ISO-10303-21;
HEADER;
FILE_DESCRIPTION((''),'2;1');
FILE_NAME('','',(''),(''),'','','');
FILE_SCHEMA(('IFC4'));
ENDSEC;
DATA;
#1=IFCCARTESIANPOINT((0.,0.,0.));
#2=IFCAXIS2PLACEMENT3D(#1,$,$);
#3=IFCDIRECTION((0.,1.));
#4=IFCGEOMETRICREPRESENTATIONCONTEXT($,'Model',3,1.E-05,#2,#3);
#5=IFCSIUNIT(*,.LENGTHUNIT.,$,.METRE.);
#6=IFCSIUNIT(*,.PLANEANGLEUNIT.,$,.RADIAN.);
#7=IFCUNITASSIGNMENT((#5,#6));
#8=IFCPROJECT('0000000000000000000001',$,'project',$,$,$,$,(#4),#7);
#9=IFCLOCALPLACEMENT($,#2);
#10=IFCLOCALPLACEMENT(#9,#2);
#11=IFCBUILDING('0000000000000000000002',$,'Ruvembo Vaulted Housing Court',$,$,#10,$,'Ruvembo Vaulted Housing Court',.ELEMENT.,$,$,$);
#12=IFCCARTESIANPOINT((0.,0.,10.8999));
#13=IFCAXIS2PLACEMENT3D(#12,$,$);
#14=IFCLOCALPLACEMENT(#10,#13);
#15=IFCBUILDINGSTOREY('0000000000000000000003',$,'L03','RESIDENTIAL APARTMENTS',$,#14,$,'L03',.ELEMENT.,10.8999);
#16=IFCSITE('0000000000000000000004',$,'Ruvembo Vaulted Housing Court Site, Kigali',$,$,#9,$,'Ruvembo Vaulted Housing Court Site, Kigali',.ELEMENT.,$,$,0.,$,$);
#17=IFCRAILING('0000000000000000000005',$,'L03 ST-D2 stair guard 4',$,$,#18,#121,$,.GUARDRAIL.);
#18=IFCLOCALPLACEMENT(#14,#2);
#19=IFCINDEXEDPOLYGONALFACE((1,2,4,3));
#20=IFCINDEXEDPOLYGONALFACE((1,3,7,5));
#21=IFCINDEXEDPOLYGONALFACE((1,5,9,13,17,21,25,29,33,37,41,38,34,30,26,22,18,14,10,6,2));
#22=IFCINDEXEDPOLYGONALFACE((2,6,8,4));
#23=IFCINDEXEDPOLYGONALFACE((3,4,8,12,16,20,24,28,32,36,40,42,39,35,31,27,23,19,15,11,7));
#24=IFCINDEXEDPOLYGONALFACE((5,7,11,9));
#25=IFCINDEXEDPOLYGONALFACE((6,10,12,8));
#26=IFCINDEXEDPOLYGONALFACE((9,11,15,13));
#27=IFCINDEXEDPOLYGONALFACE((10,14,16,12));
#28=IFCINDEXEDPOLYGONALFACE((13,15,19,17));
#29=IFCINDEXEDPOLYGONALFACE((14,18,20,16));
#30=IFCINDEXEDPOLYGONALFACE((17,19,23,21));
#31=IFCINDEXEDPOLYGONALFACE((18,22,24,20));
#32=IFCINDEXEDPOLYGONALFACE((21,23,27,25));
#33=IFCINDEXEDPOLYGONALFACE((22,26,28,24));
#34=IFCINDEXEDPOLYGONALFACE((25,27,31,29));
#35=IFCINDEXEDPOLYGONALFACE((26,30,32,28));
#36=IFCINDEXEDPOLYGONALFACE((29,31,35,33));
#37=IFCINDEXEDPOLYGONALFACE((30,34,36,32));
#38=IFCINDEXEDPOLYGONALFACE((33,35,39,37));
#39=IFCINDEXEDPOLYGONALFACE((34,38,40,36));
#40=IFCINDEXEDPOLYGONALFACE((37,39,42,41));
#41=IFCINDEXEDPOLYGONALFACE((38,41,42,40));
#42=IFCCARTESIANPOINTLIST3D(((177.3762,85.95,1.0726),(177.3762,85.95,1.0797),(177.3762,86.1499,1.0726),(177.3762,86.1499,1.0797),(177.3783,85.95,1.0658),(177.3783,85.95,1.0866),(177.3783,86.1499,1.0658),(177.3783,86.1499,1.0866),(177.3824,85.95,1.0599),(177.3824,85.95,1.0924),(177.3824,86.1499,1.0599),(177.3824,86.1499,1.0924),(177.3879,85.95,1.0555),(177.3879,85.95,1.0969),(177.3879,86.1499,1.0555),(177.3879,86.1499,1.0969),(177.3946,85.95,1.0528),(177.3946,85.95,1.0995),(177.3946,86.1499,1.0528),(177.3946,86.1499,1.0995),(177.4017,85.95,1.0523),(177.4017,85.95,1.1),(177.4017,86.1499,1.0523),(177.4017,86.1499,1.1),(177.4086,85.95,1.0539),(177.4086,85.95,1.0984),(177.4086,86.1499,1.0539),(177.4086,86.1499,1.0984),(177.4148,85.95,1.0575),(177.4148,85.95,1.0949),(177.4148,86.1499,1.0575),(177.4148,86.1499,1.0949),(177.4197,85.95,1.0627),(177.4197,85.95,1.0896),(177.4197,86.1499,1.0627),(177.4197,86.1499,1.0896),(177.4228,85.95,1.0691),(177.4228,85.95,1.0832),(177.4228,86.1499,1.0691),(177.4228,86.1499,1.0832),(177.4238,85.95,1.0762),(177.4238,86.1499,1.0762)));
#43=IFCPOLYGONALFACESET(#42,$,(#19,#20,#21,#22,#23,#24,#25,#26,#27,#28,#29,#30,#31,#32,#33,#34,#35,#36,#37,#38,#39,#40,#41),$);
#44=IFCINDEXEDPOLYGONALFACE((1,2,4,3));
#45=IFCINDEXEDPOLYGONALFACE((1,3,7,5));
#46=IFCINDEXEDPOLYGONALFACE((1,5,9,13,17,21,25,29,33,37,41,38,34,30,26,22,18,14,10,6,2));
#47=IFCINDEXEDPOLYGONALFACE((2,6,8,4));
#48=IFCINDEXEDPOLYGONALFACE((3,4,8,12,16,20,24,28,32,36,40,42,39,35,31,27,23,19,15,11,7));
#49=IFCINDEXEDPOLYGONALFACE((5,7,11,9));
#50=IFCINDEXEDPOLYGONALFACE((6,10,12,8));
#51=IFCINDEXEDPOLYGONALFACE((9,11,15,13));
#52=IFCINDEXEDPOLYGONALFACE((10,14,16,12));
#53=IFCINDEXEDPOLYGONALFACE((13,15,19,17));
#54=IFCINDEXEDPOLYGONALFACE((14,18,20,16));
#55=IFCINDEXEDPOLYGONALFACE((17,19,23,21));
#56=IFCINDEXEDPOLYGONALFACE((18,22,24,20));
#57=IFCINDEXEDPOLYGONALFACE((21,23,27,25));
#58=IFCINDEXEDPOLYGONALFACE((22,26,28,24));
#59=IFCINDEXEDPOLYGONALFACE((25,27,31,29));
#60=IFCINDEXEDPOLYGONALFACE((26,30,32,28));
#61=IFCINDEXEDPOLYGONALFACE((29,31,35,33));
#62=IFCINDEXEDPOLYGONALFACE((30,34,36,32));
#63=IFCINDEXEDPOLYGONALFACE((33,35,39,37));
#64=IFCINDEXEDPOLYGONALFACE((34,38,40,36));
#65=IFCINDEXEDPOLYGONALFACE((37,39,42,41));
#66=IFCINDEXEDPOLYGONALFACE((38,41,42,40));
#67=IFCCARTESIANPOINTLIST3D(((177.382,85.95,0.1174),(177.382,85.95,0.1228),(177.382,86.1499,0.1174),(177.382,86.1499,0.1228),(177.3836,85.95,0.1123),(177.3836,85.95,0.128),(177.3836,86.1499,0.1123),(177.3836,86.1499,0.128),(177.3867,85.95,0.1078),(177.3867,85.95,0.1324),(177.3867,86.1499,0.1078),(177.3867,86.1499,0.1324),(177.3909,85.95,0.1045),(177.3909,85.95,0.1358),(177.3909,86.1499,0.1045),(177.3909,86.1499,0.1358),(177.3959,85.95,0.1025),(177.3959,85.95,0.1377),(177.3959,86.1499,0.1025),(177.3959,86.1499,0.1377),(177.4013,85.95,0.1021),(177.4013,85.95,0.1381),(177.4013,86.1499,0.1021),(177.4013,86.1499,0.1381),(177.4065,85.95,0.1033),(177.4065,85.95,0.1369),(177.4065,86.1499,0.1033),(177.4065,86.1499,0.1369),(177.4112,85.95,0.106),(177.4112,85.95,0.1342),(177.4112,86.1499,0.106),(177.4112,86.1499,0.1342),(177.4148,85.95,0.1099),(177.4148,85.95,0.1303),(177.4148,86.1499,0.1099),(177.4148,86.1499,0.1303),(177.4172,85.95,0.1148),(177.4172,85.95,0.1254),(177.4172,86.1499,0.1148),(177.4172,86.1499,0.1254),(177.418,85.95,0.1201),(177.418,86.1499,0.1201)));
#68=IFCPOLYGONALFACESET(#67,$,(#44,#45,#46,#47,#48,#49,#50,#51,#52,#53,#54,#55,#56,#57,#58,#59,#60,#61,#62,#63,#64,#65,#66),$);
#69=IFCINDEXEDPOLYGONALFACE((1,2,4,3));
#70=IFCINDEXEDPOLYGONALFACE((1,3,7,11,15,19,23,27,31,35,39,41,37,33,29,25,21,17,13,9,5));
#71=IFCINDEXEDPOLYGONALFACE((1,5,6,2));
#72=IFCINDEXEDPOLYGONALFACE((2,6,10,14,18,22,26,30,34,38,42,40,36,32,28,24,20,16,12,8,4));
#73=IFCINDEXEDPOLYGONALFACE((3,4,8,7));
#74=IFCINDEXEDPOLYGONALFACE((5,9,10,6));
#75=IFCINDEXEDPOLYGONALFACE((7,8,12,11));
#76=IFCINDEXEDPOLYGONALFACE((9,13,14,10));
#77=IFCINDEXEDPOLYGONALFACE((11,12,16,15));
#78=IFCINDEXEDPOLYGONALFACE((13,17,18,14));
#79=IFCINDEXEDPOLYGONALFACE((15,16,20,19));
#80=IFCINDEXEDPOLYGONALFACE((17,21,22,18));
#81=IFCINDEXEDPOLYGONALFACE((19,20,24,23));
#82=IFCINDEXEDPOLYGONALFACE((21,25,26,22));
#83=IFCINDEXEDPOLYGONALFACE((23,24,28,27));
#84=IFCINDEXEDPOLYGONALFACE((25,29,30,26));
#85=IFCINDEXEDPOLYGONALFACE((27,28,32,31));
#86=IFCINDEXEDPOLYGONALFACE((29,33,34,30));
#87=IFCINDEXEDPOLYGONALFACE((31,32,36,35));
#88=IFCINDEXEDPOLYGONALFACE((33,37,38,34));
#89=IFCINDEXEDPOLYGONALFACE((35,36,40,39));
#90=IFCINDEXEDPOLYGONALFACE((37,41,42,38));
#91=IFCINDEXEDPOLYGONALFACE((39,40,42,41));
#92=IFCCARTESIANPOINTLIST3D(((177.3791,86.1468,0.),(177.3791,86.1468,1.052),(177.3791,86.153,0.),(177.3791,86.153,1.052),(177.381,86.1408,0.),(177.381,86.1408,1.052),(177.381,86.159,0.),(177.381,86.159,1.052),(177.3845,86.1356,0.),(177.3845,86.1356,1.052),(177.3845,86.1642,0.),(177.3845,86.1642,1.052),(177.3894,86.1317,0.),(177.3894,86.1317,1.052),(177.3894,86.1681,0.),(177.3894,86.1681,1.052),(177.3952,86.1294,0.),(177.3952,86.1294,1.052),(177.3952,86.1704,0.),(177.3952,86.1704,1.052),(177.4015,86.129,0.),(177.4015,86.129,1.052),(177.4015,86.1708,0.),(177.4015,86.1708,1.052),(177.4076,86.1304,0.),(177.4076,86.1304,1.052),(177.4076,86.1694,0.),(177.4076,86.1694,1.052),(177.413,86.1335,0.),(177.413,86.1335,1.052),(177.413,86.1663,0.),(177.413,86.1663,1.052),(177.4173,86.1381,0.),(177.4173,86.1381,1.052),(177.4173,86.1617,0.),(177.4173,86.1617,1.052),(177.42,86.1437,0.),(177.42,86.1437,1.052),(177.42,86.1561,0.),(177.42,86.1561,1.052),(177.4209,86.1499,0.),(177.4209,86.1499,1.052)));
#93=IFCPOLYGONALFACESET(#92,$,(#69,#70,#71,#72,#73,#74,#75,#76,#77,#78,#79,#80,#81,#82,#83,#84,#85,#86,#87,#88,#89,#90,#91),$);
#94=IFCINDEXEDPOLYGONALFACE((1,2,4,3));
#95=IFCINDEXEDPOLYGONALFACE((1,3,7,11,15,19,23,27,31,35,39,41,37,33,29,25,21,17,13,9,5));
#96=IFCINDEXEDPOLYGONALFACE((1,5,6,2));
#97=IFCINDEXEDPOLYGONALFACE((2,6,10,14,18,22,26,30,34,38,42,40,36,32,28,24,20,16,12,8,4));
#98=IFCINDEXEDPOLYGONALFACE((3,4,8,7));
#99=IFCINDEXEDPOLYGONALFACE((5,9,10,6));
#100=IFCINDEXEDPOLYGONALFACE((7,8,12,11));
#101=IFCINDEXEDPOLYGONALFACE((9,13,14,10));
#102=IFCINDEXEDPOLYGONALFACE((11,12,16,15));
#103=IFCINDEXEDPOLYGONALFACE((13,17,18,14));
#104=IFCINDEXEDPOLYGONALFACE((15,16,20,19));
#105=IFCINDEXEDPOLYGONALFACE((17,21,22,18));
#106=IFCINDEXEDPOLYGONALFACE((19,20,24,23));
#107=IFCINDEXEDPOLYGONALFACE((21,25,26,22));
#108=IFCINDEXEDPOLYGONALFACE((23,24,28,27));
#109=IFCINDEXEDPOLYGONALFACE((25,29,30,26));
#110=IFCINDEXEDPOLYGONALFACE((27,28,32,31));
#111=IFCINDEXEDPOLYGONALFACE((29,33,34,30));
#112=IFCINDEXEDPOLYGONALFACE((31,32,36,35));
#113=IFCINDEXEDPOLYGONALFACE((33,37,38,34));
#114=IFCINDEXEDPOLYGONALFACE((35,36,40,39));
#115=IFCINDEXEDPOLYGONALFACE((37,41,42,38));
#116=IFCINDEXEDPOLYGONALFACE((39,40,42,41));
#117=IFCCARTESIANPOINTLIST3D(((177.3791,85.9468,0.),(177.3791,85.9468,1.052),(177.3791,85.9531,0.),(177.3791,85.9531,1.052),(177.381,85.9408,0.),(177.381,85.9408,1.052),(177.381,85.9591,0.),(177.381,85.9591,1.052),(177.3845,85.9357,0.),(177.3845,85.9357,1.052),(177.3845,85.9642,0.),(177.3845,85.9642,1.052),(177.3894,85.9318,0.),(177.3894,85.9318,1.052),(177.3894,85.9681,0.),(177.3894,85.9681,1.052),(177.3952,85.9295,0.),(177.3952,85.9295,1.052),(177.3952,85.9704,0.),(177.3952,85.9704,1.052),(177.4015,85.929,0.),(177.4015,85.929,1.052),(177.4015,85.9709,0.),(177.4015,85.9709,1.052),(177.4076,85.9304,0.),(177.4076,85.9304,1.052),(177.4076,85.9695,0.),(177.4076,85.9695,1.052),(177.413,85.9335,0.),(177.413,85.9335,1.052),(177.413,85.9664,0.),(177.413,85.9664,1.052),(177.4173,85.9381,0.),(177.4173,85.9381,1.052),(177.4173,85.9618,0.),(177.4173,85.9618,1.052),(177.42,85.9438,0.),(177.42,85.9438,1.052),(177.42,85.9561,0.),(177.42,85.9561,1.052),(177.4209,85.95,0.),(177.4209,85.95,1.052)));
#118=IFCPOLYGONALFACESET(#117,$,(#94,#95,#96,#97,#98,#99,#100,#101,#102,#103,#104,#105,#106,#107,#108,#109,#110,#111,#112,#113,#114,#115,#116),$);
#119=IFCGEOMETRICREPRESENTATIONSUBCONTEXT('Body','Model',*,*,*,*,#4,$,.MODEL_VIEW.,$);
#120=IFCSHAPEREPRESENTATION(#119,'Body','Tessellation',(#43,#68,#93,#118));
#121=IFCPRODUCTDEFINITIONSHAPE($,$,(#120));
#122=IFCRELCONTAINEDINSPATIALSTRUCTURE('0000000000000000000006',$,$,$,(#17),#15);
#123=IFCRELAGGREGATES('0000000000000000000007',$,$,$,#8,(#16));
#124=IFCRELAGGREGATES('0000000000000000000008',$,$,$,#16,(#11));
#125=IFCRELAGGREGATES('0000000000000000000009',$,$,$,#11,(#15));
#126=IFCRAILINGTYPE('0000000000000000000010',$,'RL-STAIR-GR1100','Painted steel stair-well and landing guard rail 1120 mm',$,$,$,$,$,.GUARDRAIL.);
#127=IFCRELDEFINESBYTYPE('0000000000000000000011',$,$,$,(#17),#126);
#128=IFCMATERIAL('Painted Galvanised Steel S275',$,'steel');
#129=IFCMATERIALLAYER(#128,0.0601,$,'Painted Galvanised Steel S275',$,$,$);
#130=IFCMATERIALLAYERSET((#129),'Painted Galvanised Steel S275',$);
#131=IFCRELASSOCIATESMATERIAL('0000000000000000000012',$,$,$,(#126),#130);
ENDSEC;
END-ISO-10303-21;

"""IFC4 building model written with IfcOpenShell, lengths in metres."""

from ifc_helpers import new_model, si_unit, direction, frame, origin, origin_2d, place, context, subcontext, project, spatial, circle, extrude, material, layer, layer_set, type_object, element, save


model = new_model("IFC4")

# Units and contexts
model_context = context("Model", 3, precision=1e-05, world=origin(), true_north=direction((0.0, 1.0)))
body_context = subcontext(model_context, "Body", "Model", "MODEL_VIEW")
ifc_project = project(units=[si_unit("LENGTHUNIT", "METRE"), si_unit("PLANEANGLEUNIT", "RADIAN")], contexts=[model_context])

# Site, building, storey
site_placement = place(None, origin())
site = spatial("IfcSite", under=ifc_project, at=site_placement, Name="Ruvembo Vaulted Housing Court Site, Kigali", LongName="Ruvembo Vaulted Housing Court Site, Kigali", CompositionType="ELEMENT", RefElevation=0.0)
building_placement = place(site_placement, origin())
building = spatial("IfcBuilding", under=site, at=building_placement, Name="Ruvembo Vaulted Housing Court", LongName="Ruvembo Vaulted Housing Court", CompositionType="ELEMENT")
storey_placement = place(building_placement, frame((0.0, 0.0, 10.8999)))
storey = spatial("IfcBuildingStorey", under=building, at=storey_placement, Name="L03", Description="RESIDENTIAL APARTMENTS", LongName="L03", CompositionType="ELEMENT", Elevation=10.8999)

# Railing
ifc_material_1 = material(Name="Painted Galvanised Steel S275", Category="steel")
ifc_layer_1 = layer(ifc_material_1, 0.0601, Name="Painted Galvanised Steel S275")
ifc_layer_set_1 = layer_set([ifc_layer_1], Name="Painted Galvanised Steel S275")
railing_type_1 = type_object("IfcRailingType", Name="RL-STAIR-GR1100", Description="Painted steel stair-well and landing guard rail 1120 mm", PredefinedType="GUARDRAIL", material=ifc_layer_set_1)
railing_1_placement = place(storey_placement, frame((177.3999, 86.1499, 0.0)))
element("IfcRailing", 1, at=railing_1_placement, inside=storey, type_object=railing_type_1, Name="L03 ST-D2 stair guard 4", PredefinedType="GUARDRAIL", context=body_context, shape_type="SweptSolid", body=[
    extrude(circle(Radius=0.0239, at=origin_2d()), frame((0.0, 0.0, 1.0762), z_axis=(0.0, -1.0, 0.0), x_axis=(1.0, 0.0, 0.0)), (0.0, 0.0, 1.0), 0.2),
    extrude(circle(Radius=0.0181, at=origin_2d()), frame((0.0, 0.0, 0.1201), z_axis=(0.0, -1.0, 0.0), x_axis=(1.0, 0.0, 0.0)), (0.0, 0.0, 1.0), 0.2),
    extrude(circle(Radius=0.021, at=origin_2d()), origin(), (0.0, 0.0, 1.0), 1.052),
    extrude(circle(Radius=0.021, at=origin_2d()), frame((0.0, -0.2, 0.0)), (0.0, 0.0, 1.0), 1.052),
])

save(model, "model.ifc")
